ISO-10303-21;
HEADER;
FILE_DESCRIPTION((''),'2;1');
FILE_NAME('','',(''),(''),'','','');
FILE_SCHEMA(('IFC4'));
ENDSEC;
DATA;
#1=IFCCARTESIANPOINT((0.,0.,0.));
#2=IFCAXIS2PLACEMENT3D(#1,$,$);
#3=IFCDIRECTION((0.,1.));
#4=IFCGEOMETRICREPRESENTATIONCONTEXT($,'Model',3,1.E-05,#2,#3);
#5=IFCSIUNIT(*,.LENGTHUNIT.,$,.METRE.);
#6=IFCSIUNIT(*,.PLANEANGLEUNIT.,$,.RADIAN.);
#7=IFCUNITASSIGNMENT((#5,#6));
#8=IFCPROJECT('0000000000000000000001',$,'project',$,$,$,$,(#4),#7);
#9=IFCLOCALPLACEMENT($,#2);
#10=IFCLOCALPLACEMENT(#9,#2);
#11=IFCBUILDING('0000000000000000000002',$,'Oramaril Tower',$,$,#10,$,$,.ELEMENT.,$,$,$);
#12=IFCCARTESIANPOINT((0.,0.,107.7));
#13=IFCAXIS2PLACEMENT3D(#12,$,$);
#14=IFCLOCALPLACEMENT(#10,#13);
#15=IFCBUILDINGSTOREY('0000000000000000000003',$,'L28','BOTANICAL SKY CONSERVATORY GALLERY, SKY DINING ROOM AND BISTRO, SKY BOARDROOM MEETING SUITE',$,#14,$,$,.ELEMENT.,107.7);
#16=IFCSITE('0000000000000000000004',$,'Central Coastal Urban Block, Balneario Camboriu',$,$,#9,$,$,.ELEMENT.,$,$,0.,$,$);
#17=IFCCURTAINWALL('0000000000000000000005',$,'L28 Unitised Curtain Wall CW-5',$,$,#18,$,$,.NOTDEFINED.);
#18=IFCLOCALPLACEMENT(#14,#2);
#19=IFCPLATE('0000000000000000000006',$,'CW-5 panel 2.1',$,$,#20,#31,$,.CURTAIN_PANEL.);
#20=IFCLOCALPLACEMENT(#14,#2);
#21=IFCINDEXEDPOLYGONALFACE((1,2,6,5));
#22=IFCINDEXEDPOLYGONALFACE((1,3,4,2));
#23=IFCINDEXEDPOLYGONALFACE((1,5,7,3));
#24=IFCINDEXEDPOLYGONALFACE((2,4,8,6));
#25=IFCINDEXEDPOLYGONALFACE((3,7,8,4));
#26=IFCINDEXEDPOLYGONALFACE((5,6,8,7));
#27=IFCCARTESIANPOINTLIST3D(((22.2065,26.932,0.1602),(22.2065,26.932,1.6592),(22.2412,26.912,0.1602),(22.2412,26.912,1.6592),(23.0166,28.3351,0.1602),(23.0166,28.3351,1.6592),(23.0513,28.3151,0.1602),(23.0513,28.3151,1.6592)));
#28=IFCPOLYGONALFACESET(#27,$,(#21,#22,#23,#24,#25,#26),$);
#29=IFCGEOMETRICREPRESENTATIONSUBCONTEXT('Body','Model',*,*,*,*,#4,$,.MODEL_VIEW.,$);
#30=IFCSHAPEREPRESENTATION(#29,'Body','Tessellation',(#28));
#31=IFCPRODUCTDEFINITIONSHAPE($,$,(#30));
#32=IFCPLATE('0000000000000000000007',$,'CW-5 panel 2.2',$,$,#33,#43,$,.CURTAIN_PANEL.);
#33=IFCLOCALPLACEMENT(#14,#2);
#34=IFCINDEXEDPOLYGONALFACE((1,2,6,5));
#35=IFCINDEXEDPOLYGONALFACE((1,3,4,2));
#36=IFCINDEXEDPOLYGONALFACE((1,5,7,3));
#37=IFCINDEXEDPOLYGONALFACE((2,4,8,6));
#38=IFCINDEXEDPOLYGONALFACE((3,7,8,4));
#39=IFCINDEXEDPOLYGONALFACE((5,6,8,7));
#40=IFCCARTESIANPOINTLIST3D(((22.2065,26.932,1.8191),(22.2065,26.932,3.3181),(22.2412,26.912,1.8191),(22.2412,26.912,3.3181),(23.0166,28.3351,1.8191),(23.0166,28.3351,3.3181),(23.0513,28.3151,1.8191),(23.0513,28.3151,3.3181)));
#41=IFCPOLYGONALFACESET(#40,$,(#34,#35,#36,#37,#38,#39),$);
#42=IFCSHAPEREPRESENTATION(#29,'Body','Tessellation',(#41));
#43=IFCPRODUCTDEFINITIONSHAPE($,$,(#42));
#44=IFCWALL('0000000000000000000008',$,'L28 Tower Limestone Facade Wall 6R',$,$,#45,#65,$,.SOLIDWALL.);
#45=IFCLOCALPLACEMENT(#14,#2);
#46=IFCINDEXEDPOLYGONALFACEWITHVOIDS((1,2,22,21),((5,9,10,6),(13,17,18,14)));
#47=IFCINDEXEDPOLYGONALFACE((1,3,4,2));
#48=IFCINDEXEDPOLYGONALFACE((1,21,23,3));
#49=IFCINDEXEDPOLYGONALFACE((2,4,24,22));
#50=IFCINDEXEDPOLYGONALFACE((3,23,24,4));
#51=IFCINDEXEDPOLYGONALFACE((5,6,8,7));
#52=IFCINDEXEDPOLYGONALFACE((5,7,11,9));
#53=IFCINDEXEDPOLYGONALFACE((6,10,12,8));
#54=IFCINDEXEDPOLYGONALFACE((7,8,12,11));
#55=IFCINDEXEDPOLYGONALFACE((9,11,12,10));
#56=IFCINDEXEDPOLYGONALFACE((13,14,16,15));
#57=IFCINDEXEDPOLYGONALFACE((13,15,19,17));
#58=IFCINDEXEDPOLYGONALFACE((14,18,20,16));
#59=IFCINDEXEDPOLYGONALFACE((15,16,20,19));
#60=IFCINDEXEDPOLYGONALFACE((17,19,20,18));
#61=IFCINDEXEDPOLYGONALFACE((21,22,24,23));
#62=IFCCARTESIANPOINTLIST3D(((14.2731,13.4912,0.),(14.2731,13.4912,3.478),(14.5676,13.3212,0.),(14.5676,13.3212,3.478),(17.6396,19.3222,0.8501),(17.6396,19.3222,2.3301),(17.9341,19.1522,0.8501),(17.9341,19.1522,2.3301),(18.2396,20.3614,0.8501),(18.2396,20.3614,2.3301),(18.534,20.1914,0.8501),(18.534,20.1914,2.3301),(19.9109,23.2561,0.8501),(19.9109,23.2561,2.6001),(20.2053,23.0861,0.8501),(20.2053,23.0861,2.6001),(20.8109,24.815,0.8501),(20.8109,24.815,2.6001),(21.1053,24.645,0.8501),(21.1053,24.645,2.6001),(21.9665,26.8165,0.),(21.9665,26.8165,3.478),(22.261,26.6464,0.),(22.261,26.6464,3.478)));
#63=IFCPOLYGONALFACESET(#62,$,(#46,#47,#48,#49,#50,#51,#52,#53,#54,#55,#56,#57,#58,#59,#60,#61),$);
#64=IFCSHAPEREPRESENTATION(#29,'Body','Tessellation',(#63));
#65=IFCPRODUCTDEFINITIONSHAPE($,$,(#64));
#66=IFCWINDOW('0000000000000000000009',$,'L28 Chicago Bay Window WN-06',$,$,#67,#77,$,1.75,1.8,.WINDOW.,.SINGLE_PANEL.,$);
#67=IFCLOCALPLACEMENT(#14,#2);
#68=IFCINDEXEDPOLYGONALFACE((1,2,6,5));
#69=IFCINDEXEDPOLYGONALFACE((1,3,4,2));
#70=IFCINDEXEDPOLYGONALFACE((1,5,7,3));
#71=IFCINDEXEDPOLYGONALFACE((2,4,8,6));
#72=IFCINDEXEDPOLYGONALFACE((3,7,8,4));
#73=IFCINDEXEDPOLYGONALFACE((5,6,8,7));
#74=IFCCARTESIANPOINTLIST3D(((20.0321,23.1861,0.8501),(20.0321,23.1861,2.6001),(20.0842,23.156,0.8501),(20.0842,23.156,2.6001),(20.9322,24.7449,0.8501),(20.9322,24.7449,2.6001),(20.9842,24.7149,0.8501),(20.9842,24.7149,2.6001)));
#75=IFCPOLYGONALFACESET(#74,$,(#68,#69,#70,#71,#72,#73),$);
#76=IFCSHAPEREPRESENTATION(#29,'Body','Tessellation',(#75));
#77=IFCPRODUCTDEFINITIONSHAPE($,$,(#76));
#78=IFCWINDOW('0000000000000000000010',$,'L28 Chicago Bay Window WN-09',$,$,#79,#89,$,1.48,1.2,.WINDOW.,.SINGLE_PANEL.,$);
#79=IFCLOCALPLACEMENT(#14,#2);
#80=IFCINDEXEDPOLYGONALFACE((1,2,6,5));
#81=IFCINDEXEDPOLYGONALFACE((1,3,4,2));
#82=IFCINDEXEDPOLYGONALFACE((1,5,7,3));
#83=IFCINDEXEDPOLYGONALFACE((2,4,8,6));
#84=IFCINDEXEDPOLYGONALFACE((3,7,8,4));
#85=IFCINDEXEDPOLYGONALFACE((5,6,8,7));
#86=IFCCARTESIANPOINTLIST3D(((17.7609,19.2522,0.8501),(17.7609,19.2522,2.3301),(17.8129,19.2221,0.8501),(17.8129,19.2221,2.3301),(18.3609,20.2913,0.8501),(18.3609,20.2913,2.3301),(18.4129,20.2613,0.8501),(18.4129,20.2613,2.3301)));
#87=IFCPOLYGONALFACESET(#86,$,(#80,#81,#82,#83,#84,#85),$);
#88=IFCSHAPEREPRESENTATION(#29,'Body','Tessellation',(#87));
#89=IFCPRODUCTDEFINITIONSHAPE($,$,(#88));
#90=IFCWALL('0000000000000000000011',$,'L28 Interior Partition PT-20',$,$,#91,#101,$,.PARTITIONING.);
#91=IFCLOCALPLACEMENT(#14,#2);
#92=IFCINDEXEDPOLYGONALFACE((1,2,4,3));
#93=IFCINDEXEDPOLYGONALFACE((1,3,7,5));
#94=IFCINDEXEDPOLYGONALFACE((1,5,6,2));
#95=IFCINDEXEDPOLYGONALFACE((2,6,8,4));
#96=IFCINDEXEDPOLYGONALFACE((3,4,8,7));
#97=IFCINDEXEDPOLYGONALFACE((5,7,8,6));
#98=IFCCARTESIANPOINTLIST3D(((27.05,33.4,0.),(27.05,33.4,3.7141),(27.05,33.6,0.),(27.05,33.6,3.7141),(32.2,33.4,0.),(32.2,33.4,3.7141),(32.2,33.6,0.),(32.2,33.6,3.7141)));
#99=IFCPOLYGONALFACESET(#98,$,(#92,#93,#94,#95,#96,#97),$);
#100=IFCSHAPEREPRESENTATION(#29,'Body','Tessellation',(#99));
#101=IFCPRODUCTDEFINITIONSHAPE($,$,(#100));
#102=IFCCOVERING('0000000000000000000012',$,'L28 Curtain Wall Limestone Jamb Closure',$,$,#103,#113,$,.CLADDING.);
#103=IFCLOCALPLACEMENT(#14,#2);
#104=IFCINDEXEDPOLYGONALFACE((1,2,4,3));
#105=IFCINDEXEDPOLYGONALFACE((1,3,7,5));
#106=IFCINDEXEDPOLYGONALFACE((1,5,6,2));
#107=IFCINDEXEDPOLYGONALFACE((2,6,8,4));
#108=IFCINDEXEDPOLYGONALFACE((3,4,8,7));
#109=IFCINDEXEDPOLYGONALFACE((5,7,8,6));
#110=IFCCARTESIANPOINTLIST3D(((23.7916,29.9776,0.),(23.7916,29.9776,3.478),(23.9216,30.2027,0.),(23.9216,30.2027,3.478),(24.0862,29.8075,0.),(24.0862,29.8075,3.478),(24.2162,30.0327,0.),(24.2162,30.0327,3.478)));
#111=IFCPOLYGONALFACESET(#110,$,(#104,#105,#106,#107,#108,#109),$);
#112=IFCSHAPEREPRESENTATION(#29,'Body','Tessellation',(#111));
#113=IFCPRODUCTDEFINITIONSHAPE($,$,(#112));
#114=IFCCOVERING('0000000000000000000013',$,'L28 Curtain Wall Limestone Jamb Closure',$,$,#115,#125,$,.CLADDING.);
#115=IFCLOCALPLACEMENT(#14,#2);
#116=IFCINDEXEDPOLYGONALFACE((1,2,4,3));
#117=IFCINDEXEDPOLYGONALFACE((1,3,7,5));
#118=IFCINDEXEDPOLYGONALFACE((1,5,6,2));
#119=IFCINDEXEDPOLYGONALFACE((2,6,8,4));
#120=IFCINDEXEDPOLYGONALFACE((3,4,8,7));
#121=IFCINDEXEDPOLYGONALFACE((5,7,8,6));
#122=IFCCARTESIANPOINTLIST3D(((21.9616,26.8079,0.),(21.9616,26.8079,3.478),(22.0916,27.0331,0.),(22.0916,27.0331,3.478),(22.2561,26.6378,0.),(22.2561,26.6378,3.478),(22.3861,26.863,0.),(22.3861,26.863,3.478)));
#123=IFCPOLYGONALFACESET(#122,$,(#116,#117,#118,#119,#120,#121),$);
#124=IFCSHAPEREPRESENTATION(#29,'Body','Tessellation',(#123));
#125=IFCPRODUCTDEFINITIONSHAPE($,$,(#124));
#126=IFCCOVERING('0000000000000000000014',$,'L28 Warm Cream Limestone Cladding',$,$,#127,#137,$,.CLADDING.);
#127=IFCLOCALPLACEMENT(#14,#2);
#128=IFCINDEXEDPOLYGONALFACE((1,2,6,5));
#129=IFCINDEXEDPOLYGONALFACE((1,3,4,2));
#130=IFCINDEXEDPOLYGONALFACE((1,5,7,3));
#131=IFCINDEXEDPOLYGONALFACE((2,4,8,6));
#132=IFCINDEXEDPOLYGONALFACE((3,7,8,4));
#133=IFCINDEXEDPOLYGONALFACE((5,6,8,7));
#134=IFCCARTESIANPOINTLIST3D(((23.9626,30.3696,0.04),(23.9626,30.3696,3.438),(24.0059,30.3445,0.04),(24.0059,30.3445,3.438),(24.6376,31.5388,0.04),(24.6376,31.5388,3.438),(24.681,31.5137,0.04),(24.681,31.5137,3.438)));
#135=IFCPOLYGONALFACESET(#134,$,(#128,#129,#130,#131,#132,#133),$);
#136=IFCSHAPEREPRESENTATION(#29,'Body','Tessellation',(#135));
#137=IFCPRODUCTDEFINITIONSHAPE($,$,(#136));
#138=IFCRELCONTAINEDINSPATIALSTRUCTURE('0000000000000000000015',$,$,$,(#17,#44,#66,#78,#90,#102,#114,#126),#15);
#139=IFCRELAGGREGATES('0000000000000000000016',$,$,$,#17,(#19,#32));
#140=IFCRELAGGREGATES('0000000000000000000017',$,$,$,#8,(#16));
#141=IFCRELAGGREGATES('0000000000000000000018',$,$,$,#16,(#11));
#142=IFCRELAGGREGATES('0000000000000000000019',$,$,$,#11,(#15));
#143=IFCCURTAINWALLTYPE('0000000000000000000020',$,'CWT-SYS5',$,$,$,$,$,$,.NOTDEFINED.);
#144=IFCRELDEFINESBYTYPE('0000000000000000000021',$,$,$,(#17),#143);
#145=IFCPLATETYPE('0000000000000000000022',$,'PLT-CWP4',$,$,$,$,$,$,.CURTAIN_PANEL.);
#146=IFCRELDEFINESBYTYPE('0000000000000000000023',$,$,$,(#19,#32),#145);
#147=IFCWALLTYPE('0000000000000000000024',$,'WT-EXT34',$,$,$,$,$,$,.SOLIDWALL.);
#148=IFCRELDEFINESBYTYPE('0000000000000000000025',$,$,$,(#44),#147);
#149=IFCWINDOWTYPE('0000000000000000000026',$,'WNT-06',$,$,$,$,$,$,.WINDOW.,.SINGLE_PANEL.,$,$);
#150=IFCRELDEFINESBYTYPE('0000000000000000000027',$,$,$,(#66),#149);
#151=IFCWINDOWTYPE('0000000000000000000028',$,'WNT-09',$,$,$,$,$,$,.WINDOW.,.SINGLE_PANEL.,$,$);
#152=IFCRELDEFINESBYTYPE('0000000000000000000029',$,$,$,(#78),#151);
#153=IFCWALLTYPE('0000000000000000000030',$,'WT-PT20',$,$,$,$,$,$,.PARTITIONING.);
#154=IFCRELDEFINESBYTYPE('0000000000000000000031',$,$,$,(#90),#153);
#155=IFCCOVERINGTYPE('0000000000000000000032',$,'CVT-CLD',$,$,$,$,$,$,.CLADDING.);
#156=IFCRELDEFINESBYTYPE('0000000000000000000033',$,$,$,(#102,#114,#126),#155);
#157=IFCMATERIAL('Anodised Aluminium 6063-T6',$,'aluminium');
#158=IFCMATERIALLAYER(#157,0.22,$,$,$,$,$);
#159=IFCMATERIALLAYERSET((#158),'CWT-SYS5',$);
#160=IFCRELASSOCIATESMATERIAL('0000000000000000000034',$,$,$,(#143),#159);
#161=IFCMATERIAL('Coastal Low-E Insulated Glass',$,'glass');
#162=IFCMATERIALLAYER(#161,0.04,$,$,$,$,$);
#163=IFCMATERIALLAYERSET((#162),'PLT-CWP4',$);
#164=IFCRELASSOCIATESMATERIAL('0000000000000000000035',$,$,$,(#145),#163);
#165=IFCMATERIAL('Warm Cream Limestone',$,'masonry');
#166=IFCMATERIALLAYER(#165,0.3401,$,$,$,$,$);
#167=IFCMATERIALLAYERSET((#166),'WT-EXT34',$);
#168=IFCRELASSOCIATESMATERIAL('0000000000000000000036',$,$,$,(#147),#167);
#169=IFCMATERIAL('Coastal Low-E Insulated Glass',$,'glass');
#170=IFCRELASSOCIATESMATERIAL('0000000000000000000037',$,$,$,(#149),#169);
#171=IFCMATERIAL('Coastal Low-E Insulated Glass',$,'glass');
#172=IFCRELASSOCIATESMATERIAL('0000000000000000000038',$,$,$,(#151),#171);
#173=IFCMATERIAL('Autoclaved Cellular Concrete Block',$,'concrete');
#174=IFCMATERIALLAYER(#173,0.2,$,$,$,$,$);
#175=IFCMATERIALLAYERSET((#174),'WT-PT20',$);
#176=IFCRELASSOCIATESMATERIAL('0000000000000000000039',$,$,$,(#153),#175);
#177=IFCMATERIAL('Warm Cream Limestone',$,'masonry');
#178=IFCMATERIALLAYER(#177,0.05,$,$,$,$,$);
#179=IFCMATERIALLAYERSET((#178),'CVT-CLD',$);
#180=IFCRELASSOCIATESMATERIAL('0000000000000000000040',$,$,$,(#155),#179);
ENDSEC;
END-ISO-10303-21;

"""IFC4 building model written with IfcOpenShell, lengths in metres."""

from ifc_helpers import new_model, si_unit, direction, frame, frame_2d, origin, origin_2d, place, context, subcontext, project, spatial, rectangle, extrude, material, layer, layer_set, type_object, element, fill, aggregate, save


model = new_model("IFC4")

# Units and contexts
model_context = context("Model", 3, precision=1e-05, world=origin(), true_north=direction((0.0, 1.0)))
body_context = subcontext(model_context, "Body", "Model", "MODEL_VIEW")
ifc_project = project(units=[si_unit("LENGTHUNIT", "METRE"), si_unit("PLANEANGLEUNIT", "RADIAN")], contexts=[model_context])

# Site, building, storey
site_placement = place(None, origin())
site = spatial("IfcSite", under=ifc_project, at=site_placement, Name="Central Coastal Urban Block, Balneario Camboriu", CompositionType="ELEMENT", RefElevation=0.0)
building_placement = place(site_placement, origin())
building = spatial("IfcBuilding", under=site, at=building_placement, Name="Oramaril Tower", CompositionType="ELEMENT")
storey_placement = place(building_placement, frame((0.0, 0.0, 107.7)))
storey = spatial("IfcBuildingStorey", under=building, at=storey_placement, Name="L28", Description="BOTANICAL SKY CONSERVATORY GALLERY, SKY DINING ROOM AND BISTRO, SKY BOARDROOM MEETING SUITE", CompositionType="ELEMENT", Elevation=107.7)

# Curtain wall, plates
ifc_material_1 = material(Name="Anodised Aluminium 6063-T6", Category="aluminium")
ifc_layer_1 = layer(ifc_material_1, 0.22)
ifc_layer_set_1 = layer_set([ifc_layer_1], Name="CWT-SYS5")
curtain_wall_type = type_object("IfcCurtainWallType", Name="CWT-SYS5", PredefinedType="NOTDEFINED", material=ifc_layer_set_1)
curtain_wall_placement = place(storey_placement, origin())
curtain_wall = element("IfcCurtainWall", 1, at=curtain_wall_placement, inside=storey, type_object=curtain_wall_type, Name="L28 Unitised Curtain Wall CW-5", PredefinedType="NOTDEFINED")
ifc_material_2 = material(Name="Coastal Low-E Insulated Glass", Category="glass")
ifc_layer_2 = layer(ifc_material_2, 0.04)
ifc_layer_set_2 = layer_set([ifc_layer_2], Name="PLT-CWP4")
plate_type = type_object("IfcPlateType", Name="PLT-CWP4", PredefinedType="CURTAIN_PANEL", material=ifc_layer_set_2)
plate_1_placement = place(storey_placement, frame((22.6289, 27.6235, 0.1602), z_axis=(0.0, 0.0, 1.0), x_axis=(-0.5, -0.866025, 0.0)))
plate_1 = element("IfcPlate", 2, at=plate_1_placement, type_object=plate_type, Name="CW-5 panel 2.1", PredefinedType="CURTAIN_PANEL", context=body_context, shape_type="SweptSolid", body=[
    extrude(rectangle(XDim=1.6201, YDim=0.04, at=origin_2d()), origin(), (0.0, 0.0, 1.0), 1.499),
])
plate_2_placement = place(storey_placement, frame((22.6289, 27.6235, 1.8191), z_axis=(0.0, 0.0, 1.0), x_axis=(-0.5, -0.866025, 0.0)))
plate_2 = element("IfcPlate", 3, at=plate_2_placement, type_object=plate_type, Name="CW-5 panel 2.2", PredefinedType="CURTAIN_PANEL", context=body_context, shape_type="SweptSolid", body=[
    extrude(rectangle(XDim=1.6201, YDim=0.04, at=origin_2d()), origin(), (0.0, 0.0, 1.0), 1.499),
])
aggregate(curtain_wall, [plate_1, plate_2])

# Wall, openings, windows
ifc_material_3 = material(Name="Warm Cream Limestone", Category="masonry")
ifc_layer_3 = layer(ifc_material_3, 0.3401)
ifc_layer_set_3 = layer_set([ifc_layer_3], Name="WT-EXT34")
wall_type_1 = type_object("IfcWallType", Name="WT-EXT34", PredefinedType="SOLIDWALL", material=ifc_layer_set_3)
wall_1_placement = place(storey_placement, frame((22.1138, 26.7314, 0.0), z_axis=(0.0, 0.0, 1.0), x_axis=(-0.500003, -0.866024, 0.0)))
wall_1 = element("IfcWall", 4, at=wall_1_placement, inside=storey, type_object=wall_type_1, Name="L28 Tower Limestone Facade Wall 6R", PredefinedType="SOLIDWALL", context=body_context, shape_type="SweptSolid", body=[
    extrude(rectangle(XDim=15.3867, YDim=0.3401, at=frame_2d((7.6934, 0.0))), origin(), (0.0, 0.0, 1.0), 3.478),
])
opening_1_placement = place(wall_1_placement, frame((2.3113, 0.0, 0.8501)))
opening_1 = element("IfcOpeningElement", 5, at=opening_1_placement, cuts=wall_1, PredefinedType="OPENING", context=body_context, shape_type="SweptSolid", body=[
    extrude(rectangle(XDim=1.8, YDim=1.75, at=frame_2d((0.8999, 0.875))), frame((0.0, 0.1699, 0.0), z_axis=(0.0, -1.0, 0.0), x_axis=(1.0, 0.0, 0.0)), (0.0, 0.0, 1.0), 0.3401),
])
opening_2_placement = place(wall_1_placement, frame((7.4536, 0.0, 0.8501)))
opening_2 = element("IfcOpeningElement", 6, at=opening_2_placement, cuts=wall_1, PredefinedType="OPENING", context=body_context, shape_type="SweptSolid", body=[
    extrude(rectangle(XDim=1.2, YDim=1.48, at=frame_2d((0.6001, 0.74))), frame((0.0, 0.1699, 0.0), z_axis=(0.0, -1.0, 0.0), x_axis=(1.0, 0.0, 0.0)), (0.0, 0.0, 1.0), 0.3401),
])
ifc_material_4 = material(Name="Coastal Low-E Insulated Glass", Category="glass")
window_type_1 = type_object("IfcWindowType", Name="WNT-06", PartitioningType="SINGLE_PANEL", PredefinedType="WINDOW", material=ifc_material_4)
window_1_placement = place(opening_1_placement, origin())
window_1 = element("IfcWindow", 7, at=window_1_placement, inside=storey, type_object=window_type_1, Name="L28 Chicago Bay Window WN-06", OverallHeight=1.75, OverallWidth=1.8, PartitioningType="SINGLE_PANEL", PredefinedType="WINDOW", context=body_context, shape_type="SweptSolid", body=[
    extrude(rectangle(XDim=1.8, YDim=1.75, at=frame_2d((0.8999, 0.875))), frame((0.0, 0.03, 0.0), z_axis=(0.0, -1.0, 0.0), x_axis=(1.0, 0.0, 0.0)), (0.0, 0.0, 1.0), 0.0601),
])
fill(opening_1, window_1)
ifc_material_5 = material(Name="Coastal Low-E Insulated Glass", Category="glass")
window_type_2 = type_object("IfcWindowType", Name="WNT-09", PartitioningType="SINGLE_PANEL", PredefinedType="WINDOW", material=ifc_material_5)
window_2_placement = place(opening_2_placement, origin())
window_2 = element("IfcWindow", 8, at=window_2_placement, inside=storey, type_object=window_type_2, Name="L28 Chicago Bay Window WN-09", OverallHeight=1.48, OverallWidth=1.2, PartitioningType="SINGLE_PANEL", PredefinedType="WINDOW", context=body_context, shape_type="SweptSolid", body=[
    extrude(rectangle(XDim=1.2, YDim=1.48, at=frame_2d((0.6001, 0.74))), frame((0.0, 0.03, 0.0), z_axis=(0.0, -1.0, 0.0), x_axis=(1.0, 0.0, 0.0)), (0.0, 0.0, 1.0), 0.0601),
])
fill(opening_2, window_2)

# Wall
ifc_material_6 = material(Name="Autoclaved Cellular Concrete Block", Category="concrete")
ifc_layer_4 = layer(ifc_material_6, 0.2)
ifc_layer_set_4 = layer_set([ifc_layer_4], Name="WT-PT20")
wall_type_2 = type_object("IfcWallType", Name="WT-PT20", PredefinedType="PARTITIONING", material=ifc_layer_set_4)
wall_2_placement = place(storey_placement, frame((27.05, 33.5, 0.0), z_axis=(0.0, 0.0, 1.0), x_axis=(1.0, 0.0, 0.0)))
element("IfcWall", 9, at=wall_2_placement, inside=storey, type_object=wall_type_2, Name="L28 Interior Partition PT-20", PredefinedType="PARTITIONING", context=body_context, shape_type="SweptSolid", body=[
    extrude(rectangle(XDim=5.1499, YDim=0.2, at=frame_2d((2.575, 0.0))), origin(), (0.0, 0.0, 1.0), 3.7141),
])

# Coverings
ifc_material_7 = material(Name="Warm Cream Limestone", Category="masonry")
ifc_layer_5 = layer(ifc_material_7, 0.05)
ifc_layer_set_5 = layer_set([ifc_layer_5], Name="CVT-CLD")
covering_type = type_object("IfcCoveringType", Name="CVT-CLD", PredefinedType="CLADDING", material=ifc_layer_set_5)
for number, where, z_axis, x_axis, name in (
    (10, (24.0039, 30.0051, 0.0), (0.0, 0.0, 1.0), (-0.5, -0.866025, 0.0), "L28 Curtain Wall Limestone Jamb Closure"),
    (11, (22.1738, 26.8354, 0.0), (0.0, 0.0, 1.0), (-0.5, -0.866025, 0.0), "L28 Curtain Wall Limestone Jamb Closure"),
):
    element("IfcCovering", number, at=place(storey_placement, frame(where, z_axis=z_axis, x_axis=x_axis)), inside=storey, type_object=covering_type, Name=name, PredefinedType="CLADDING", context=body_context, shape_type="SweptSolid", body=[
        extrude(rectangle(XDim=0.26, YDim=0.3401, at=origin_2d()), origin(), (0.0, 0.0, 1.0), 3.478),
    ])
covering_placement = place(storey_placement, frame((24.3218, 30.9417, 0.04), z_axis=(0.0, 0.0, 1.0), x_axis=(-0.499998, -0.866026, 0.0)))
element("IfcCovering", 12, at=covering_placement, inside=storey, type_object=covering_type, Name="L28 Warm Cream Limestone Cladding", PredefinedType="CLADDING", context=body_context, shape_type="SweptSolid", body=[
    extrude(rectangle(XDim=1.3501, YDim=0.05, at=origin_2d()), origin(), (0.0, 0.0, 1.0), 3.3979),
])

save(model, "model.ifc")
